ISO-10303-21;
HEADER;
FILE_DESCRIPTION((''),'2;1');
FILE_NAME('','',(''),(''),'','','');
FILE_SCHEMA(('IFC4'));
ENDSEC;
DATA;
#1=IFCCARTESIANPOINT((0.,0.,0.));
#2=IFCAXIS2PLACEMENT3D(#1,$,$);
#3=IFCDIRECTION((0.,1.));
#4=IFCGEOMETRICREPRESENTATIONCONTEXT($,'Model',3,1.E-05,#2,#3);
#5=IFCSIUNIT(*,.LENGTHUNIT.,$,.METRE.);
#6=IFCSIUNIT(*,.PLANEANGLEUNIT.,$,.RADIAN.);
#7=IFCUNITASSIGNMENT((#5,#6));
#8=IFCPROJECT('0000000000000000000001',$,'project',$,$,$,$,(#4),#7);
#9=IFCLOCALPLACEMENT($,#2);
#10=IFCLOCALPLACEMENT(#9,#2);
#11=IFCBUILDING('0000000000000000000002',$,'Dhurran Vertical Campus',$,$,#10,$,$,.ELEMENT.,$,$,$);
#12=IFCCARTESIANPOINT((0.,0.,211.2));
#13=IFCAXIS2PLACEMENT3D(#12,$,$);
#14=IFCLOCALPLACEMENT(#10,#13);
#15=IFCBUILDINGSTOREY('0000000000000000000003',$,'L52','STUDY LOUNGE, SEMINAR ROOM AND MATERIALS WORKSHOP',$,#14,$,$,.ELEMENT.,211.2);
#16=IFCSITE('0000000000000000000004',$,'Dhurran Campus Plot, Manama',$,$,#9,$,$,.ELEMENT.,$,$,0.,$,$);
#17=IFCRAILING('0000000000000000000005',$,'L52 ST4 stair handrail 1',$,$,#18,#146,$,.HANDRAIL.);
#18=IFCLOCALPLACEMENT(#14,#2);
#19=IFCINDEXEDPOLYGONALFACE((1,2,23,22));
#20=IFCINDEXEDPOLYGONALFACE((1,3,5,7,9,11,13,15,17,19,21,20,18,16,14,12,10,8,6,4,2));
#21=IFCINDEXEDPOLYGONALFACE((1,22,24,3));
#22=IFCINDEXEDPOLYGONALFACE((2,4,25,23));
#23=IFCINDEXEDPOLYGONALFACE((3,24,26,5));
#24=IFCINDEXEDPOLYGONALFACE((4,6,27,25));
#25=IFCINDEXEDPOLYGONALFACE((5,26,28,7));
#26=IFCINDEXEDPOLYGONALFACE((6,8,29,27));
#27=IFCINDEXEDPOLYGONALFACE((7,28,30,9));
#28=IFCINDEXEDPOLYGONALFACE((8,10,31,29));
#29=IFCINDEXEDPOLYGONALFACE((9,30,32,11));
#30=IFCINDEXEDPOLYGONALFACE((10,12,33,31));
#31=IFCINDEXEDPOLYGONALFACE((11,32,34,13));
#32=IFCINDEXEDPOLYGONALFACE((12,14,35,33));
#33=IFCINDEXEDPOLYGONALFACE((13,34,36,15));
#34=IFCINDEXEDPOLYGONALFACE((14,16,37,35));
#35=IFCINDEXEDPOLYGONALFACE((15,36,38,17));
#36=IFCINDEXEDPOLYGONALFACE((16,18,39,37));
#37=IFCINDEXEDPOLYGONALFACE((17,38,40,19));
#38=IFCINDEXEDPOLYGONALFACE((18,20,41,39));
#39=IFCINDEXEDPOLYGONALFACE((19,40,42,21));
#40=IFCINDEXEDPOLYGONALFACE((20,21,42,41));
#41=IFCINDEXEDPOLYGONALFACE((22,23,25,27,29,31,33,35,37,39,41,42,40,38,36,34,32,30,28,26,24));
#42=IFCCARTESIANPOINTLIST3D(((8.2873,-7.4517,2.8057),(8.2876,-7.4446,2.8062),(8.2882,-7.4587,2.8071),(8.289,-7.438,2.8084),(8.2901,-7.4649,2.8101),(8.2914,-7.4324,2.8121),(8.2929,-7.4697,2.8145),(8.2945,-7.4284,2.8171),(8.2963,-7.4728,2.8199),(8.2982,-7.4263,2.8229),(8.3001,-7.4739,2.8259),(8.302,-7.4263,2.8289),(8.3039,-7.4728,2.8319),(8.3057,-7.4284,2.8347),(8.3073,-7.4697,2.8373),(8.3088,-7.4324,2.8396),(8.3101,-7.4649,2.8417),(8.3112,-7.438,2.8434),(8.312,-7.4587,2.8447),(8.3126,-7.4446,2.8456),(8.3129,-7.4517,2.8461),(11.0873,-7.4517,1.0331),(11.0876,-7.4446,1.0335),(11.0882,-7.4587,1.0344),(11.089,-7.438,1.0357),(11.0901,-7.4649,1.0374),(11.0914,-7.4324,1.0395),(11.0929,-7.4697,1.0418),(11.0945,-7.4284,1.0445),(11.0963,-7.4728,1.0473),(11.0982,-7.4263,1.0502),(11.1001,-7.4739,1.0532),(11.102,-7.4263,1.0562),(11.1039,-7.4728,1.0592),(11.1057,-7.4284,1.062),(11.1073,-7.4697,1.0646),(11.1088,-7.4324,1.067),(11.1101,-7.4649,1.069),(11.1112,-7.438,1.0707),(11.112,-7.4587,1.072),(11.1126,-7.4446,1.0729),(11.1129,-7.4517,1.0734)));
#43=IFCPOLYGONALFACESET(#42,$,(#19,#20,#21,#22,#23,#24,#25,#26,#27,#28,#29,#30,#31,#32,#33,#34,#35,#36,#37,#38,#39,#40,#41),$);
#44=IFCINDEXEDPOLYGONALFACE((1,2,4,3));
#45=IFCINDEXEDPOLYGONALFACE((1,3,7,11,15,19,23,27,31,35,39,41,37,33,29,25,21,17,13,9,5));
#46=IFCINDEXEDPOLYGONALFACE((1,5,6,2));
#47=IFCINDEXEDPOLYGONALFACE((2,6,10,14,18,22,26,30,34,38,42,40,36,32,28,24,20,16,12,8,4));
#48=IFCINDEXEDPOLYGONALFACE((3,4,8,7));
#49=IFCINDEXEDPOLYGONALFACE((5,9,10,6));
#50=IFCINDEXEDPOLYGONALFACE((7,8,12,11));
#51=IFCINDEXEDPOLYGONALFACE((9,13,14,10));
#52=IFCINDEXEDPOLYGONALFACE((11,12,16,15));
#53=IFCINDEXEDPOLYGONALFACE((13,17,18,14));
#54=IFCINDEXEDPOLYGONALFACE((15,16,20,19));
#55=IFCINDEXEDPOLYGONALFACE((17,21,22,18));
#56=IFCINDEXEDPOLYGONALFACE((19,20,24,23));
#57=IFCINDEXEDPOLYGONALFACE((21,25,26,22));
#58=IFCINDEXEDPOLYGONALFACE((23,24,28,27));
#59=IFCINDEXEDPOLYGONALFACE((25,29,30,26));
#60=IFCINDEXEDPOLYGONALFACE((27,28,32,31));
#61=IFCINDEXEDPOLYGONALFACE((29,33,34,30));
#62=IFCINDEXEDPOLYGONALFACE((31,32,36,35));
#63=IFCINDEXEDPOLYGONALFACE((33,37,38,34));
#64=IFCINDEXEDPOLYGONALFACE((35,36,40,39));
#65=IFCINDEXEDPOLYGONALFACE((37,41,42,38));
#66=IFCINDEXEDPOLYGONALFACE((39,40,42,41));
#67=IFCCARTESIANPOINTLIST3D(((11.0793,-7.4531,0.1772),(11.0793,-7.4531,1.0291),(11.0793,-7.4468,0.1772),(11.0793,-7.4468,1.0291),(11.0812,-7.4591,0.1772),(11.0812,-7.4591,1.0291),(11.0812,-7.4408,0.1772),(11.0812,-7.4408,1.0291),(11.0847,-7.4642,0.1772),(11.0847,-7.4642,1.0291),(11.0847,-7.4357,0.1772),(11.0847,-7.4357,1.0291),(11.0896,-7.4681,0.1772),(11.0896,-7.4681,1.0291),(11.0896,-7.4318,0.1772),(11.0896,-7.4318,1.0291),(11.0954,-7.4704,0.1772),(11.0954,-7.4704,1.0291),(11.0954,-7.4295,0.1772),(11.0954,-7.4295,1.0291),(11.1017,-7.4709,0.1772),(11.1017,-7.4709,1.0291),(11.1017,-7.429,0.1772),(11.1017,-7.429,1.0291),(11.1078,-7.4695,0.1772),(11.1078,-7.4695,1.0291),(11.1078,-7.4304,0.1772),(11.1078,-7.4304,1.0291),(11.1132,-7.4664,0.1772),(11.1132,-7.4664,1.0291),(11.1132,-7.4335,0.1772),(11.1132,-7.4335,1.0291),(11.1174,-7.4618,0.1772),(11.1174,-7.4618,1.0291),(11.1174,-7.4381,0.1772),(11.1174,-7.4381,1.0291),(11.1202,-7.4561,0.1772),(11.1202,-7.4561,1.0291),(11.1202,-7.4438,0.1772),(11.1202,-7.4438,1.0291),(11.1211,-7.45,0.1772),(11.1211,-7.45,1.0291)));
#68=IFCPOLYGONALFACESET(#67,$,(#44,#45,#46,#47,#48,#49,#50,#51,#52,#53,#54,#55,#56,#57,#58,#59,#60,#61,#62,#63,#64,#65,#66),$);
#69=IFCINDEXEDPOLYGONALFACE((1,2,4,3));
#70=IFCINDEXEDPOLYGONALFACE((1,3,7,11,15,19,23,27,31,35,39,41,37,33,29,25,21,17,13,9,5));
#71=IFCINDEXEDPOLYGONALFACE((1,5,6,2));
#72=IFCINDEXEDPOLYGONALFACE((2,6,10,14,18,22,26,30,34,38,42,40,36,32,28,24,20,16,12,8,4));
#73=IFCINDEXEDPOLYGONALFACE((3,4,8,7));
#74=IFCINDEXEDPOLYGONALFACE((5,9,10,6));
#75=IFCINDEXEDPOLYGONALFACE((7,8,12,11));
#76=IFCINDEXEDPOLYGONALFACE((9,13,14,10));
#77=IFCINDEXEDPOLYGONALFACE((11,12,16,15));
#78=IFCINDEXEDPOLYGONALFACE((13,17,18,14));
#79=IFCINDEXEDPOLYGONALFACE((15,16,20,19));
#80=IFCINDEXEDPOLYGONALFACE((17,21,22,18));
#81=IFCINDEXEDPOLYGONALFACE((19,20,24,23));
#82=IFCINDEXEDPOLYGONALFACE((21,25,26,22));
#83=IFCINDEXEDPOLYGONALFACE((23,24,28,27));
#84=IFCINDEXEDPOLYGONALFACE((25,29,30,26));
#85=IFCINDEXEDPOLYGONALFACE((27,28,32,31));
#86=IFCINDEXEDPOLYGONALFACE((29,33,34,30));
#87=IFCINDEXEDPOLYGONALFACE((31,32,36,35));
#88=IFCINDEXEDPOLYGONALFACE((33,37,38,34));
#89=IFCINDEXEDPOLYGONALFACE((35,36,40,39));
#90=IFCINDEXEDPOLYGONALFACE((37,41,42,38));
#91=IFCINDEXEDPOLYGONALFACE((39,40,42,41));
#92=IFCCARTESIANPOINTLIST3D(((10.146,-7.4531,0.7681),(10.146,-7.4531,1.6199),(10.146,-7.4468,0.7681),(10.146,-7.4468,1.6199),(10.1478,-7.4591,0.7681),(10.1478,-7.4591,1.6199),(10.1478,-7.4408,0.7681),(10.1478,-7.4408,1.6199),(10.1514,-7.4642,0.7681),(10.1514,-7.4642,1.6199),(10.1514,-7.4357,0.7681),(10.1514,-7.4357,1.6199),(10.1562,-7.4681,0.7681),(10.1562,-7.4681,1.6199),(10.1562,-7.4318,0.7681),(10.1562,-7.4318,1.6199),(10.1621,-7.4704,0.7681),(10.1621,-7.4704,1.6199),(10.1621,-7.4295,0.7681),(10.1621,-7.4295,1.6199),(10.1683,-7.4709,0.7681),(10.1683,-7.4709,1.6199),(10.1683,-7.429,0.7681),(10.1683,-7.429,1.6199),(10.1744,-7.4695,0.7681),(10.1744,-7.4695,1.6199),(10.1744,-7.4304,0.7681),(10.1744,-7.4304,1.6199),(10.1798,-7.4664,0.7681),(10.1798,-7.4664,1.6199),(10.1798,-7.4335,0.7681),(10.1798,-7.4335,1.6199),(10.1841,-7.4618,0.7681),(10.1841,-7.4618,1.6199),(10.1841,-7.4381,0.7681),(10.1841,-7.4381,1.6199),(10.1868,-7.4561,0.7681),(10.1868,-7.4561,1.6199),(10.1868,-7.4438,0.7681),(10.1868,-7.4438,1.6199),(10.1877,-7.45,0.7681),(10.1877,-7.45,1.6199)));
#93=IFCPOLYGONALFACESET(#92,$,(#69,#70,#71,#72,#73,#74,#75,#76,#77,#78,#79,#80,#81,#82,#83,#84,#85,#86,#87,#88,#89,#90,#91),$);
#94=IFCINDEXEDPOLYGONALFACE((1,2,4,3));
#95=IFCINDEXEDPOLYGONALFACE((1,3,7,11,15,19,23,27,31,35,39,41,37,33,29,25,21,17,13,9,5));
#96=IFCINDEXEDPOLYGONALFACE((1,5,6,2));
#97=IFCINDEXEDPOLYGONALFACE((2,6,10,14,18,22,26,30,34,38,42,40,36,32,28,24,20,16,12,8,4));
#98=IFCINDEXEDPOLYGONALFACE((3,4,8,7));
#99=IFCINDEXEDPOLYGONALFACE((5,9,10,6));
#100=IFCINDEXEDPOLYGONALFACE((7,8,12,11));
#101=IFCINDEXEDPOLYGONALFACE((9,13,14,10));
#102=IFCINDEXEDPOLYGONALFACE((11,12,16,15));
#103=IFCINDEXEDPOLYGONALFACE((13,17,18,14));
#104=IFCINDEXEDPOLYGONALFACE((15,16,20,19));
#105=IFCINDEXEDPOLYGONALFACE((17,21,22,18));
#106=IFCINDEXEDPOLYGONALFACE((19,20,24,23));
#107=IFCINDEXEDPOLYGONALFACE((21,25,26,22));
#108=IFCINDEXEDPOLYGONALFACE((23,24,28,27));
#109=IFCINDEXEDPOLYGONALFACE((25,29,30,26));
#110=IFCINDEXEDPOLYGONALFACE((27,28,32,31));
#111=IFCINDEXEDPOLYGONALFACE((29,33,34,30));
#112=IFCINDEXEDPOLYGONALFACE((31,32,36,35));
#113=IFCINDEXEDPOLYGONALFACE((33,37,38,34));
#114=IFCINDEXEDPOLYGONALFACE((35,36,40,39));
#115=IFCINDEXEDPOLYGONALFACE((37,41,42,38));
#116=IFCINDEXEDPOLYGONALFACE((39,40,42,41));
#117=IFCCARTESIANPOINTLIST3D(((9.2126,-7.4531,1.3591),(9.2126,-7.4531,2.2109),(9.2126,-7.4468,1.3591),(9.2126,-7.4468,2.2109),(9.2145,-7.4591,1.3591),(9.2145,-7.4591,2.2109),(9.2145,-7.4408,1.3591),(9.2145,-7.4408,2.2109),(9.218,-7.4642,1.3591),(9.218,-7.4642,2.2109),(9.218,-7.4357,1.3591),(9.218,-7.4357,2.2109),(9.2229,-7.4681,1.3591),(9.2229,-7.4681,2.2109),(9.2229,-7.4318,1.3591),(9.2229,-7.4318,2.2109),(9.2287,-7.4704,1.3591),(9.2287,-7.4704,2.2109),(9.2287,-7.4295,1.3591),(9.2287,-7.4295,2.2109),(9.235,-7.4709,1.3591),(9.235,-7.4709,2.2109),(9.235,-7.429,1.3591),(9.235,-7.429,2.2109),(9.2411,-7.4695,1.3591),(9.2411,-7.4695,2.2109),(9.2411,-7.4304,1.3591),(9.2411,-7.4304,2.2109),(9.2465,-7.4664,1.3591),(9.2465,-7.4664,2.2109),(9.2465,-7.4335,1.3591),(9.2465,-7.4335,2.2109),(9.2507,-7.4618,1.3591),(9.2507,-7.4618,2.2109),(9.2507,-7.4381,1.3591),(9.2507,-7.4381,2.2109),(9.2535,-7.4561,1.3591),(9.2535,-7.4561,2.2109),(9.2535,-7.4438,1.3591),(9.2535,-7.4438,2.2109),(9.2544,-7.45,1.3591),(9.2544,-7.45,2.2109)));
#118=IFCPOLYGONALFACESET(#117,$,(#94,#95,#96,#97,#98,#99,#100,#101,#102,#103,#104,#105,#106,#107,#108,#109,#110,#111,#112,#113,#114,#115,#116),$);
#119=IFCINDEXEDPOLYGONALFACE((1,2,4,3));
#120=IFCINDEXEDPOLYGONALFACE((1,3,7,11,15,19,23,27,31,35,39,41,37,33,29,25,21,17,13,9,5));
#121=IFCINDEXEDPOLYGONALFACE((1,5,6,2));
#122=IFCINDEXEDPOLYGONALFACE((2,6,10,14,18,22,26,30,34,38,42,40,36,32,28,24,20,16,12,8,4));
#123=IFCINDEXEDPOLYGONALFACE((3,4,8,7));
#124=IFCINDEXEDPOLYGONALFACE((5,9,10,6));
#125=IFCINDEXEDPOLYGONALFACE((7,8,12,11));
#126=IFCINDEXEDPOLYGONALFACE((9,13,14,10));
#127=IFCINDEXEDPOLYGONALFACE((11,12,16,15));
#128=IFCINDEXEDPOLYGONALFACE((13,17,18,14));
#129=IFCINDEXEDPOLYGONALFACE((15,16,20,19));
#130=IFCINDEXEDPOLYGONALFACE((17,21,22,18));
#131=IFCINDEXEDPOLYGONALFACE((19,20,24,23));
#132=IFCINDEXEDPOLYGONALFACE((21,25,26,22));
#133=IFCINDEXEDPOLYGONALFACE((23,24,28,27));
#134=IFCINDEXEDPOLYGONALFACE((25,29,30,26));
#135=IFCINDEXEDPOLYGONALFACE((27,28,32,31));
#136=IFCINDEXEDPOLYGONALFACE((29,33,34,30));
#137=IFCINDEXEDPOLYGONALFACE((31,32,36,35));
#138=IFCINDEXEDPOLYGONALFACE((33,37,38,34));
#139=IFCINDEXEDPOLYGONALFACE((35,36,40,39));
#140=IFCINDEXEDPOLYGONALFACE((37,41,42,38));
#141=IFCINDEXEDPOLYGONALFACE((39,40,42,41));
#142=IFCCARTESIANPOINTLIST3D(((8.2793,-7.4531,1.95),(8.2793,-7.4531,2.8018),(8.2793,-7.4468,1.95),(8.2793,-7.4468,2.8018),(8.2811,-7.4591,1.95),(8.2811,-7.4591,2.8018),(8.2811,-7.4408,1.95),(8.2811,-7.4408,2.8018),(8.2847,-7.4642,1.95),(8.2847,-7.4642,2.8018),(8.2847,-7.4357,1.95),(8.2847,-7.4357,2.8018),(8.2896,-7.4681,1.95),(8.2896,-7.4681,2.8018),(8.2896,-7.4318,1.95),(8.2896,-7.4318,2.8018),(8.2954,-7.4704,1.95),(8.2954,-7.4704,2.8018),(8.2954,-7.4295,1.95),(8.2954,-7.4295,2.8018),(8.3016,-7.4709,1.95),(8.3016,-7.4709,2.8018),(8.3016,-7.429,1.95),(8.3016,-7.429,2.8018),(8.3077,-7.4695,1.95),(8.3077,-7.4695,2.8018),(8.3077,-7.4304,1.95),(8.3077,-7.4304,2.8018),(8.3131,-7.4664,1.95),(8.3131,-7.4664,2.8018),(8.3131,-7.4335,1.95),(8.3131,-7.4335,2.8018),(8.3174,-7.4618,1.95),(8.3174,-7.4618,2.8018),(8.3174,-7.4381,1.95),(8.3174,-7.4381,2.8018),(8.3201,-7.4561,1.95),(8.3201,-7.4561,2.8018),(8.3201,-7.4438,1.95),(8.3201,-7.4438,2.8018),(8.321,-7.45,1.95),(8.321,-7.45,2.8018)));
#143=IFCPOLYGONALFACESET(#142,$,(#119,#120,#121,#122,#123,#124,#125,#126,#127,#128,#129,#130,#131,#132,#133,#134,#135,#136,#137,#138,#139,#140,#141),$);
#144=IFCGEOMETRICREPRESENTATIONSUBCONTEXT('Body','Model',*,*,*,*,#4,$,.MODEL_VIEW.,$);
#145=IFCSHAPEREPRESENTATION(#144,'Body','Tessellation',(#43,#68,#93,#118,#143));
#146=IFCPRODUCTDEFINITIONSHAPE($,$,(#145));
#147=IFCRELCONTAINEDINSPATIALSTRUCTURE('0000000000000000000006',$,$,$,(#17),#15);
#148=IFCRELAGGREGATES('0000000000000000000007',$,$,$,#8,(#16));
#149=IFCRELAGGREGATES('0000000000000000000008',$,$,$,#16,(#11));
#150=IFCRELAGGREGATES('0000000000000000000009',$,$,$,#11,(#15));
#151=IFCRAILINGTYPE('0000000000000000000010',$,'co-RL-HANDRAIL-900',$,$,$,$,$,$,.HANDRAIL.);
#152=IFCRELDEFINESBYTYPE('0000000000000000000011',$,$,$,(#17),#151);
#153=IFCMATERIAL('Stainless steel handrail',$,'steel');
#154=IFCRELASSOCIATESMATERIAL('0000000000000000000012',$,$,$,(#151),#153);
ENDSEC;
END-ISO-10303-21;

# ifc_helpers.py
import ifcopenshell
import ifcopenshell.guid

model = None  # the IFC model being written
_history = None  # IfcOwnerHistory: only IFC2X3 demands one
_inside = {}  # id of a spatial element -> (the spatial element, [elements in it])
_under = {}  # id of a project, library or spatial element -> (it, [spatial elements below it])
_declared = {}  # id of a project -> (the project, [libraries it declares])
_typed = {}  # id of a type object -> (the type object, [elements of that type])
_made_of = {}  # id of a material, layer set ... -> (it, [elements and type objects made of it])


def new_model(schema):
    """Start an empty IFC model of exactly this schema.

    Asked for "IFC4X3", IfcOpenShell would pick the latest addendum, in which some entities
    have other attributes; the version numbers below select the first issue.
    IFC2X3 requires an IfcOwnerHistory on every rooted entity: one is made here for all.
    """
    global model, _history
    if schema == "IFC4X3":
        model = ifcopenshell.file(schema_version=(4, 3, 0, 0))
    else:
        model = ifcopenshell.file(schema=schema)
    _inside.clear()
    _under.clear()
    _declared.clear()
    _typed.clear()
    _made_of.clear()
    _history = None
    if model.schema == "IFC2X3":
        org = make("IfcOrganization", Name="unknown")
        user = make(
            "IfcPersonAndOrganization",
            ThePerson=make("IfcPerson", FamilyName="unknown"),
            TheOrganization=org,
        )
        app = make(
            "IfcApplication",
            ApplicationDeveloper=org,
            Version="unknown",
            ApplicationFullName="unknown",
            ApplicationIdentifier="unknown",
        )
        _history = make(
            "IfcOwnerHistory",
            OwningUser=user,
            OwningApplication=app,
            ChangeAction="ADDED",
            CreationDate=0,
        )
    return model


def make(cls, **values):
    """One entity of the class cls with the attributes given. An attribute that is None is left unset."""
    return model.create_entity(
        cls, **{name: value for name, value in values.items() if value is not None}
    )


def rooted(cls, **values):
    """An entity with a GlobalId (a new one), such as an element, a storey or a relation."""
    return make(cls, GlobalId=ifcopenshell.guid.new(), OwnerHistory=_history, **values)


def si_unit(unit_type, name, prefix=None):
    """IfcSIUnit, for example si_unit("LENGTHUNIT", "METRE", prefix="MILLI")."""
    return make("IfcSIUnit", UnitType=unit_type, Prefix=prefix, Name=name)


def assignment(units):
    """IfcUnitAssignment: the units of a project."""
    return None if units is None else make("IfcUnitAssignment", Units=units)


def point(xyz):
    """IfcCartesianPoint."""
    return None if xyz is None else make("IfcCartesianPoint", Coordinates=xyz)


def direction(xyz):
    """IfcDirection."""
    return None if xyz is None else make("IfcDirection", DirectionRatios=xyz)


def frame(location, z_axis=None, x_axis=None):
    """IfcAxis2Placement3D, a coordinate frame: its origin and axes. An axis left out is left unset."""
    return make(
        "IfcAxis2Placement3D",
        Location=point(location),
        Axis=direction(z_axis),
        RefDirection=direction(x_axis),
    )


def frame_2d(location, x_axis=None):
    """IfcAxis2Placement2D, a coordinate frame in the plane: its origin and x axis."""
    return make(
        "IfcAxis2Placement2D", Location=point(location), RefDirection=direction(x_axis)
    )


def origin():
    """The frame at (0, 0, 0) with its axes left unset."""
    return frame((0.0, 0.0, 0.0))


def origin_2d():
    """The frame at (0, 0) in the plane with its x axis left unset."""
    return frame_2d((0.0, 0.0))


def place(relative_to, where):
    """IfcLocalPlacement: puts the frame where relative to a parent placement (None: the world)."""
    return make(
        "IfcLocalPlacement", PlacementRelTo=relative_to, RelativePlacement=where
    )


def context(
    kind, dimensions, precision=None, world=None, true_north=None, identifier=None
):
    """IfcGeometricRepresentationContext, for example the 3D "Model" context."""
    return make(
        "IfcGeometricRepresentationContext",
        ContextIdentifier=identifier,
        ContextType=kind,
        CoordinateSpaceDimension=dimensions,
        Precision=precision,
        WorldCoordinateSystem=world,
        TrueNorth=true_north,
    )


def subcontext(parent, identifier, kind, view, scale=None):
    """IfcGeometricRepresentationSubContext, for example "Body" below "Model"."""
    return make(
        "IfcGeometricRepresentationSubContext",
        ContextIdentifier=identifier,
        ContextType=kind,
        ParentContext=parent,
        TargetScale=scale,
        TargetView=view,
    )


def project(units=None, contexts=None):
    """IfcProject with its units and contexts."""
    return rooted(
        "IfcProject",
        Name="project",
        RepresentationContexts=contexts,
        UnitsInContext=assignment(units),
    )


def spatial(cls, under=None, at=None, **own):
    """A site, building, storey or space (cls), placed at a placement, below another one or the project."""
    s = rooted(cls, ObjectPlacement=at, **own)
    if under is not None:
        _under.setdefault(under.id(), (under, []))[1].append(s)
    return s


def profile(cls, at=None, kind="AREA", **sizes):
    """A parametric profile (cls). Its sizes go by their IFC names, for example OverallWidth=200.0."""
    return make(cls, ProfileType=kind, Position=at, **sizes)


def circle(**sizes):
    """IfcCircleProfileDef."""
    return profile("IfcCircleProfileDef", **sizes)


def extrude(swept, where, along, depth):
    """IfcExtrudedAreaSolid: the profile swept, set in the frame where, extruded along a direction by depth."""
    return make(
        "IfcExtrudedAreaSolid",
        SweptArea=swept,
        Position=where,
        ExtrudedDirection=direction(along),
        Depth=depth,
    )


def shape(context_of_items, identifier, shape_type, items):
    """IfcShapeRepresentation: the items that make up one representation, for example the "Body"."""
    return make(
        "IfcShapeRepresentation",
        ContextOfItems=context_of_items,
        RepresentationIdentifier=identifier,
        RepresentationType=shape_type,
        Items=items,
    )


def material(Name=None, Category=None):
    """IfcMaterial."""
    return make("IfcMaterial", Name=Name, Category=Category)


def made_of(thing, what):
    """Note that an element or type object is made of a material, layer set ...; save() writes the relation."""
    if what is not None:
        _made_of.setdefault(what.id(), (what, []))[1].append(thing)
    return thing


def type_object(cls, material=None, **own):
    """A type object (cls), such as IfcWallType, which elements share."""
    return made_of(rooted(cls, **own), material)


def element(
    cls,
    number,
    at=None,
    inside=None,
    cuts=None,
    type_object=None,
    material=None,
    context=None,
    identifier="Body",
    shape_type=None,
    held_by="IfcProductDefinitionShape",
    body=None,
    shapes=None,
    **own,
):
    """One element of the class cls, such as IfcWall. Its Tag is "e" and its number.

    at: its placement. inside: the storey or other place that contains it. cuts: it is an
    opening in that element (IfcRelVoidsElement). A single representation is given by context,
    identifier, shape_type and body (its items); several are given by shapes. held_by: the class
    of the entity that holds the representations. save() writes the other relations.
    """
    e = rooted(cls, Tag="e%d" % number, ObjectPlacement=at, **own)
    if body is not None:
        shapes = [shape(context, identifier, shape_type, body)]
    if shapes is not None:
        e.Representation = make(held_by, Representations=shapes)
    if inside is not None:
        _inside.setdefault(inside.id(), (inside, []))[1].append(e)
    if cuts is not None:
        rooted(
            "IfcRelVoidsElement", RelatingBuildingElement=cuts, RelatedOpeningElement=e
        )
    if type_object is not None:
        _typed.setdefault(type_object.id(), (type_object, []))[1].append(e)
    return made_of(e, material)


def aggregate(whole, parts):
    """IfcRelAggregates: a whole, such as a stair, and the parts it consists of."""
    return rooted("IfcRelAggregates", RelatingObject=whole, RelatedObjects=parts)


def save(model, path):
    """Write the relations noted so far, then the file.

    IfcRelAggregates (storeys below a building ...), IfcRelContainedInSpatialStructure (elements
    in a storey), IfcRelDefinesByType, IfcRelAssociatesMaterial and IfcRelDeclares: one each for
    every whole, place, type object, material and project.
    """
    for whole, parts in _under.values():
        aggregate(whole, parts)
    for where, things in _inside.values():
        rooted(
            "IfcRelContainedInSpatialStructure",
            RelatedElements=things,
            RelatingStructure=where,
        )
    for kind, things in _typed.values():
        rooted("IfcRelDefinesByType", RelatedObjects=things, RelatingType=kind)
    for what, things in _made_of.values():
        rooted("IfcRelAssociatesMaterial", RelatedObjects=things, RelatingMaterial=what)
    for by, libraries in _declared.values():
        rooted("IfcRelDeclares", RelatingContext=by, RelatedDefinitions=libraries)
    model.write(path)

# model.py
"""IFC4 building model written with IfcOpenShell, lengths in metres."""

from ifc_helpers import new_model, si_unit, direction, frame, origin, origin_2d, place, context, subcontext, project, spatial, circle, extrude, material, type_object, element, save


model = new_model("IFC4")

# Units and contexts
model_context = context("Model", 3, precision=1e-05, world=origin(), true_north=direction((0.0, 1.0)))
body_context = subcontext(model_context, "Body", "Model", "MODEL_VIEW")
ifc_project = project(units=[si_unit("LENGTHUNIT", "METRE"), si_unit("PLANEANGLEUNIT", "RADIAN")], contexts=[model_context])

# Site, building, storey
site_placement = place(None, origin())
site = spatial("IfcSite", under=ifc_project, at=site_placement, Name="Dhurran Campus Plot, Manama", CompositionType="ELEMENT", RefElevation=0.0)
building_placement = place(site_placement, origin())
building = spatial("IfcBuilding", under=site, at=building_placement, Name="Dhurran Vertical Campus", CompositionType="ELEMENT")
storey_placement = place(building_placement, frame((0.0, 0.0, 211.2)))
storey = spatial("IfcBuildingStorey", under=building, at=storey_placement, Name="L52", Description="STUDY LOUNGE, SEMINAR ROOM AND MATERIALS WORKSHOP", CompositionType="ELEMENT", Elevation=211.2)

# Railing
ifc_material_1 = material(Name="Stainless steel handrail", Category="steel")
railing_type_1 = type_object("IfcRailingType", Name="co-RL-HANDRAIL-900", PredefinedType="HANDRAIL", material=ifc_material_1)
railing_1_placement = place(storey_placement, frame((11.1001, -7.45, 0.1772)))
element("IfcRailing", 1, at=railing_1_placement, inside=storey, type_object=railing_type_1, Name="L52 ST4 stair handrail 1", PredefinedType="HANDRAIL", context=body_context, shape_type="SweptSolid", body=[
    extrude(circle(Radius=0.0239, at=origin_2d()), frame((0.0, 0.0, 0.876), z_axis=(-0.844909, 0.0, 0.53491), x_axis=(0.0, -1.0, 0.0)), (0.0, 0.0, 1.0), 3.314),
    extrude(circle(Radius=0.021, at=origin_2d()), origin(), (0.0, 0.0, 1.0), 0.8518),
    extrude(circle(Radius=0.021, at=origin_2d()), frame((-0.9333, 0.0, 0.5908)), (0.0, 0.0, 1.0), 0.8518),
    extrude(circle(Radius=0.021, at=origin_2d()), frame((-1.8667, 0.0, 1.1819)), (0.0, 0.0, 1.0), 0.8518),
    extrude(circle(Radius=0.021, at=origin_2d()), frame((-2.8, 0.0, 1.7727)), (0.0, 0.0, 1.0), 0.8518),
])

save(model, "model.ifc")
